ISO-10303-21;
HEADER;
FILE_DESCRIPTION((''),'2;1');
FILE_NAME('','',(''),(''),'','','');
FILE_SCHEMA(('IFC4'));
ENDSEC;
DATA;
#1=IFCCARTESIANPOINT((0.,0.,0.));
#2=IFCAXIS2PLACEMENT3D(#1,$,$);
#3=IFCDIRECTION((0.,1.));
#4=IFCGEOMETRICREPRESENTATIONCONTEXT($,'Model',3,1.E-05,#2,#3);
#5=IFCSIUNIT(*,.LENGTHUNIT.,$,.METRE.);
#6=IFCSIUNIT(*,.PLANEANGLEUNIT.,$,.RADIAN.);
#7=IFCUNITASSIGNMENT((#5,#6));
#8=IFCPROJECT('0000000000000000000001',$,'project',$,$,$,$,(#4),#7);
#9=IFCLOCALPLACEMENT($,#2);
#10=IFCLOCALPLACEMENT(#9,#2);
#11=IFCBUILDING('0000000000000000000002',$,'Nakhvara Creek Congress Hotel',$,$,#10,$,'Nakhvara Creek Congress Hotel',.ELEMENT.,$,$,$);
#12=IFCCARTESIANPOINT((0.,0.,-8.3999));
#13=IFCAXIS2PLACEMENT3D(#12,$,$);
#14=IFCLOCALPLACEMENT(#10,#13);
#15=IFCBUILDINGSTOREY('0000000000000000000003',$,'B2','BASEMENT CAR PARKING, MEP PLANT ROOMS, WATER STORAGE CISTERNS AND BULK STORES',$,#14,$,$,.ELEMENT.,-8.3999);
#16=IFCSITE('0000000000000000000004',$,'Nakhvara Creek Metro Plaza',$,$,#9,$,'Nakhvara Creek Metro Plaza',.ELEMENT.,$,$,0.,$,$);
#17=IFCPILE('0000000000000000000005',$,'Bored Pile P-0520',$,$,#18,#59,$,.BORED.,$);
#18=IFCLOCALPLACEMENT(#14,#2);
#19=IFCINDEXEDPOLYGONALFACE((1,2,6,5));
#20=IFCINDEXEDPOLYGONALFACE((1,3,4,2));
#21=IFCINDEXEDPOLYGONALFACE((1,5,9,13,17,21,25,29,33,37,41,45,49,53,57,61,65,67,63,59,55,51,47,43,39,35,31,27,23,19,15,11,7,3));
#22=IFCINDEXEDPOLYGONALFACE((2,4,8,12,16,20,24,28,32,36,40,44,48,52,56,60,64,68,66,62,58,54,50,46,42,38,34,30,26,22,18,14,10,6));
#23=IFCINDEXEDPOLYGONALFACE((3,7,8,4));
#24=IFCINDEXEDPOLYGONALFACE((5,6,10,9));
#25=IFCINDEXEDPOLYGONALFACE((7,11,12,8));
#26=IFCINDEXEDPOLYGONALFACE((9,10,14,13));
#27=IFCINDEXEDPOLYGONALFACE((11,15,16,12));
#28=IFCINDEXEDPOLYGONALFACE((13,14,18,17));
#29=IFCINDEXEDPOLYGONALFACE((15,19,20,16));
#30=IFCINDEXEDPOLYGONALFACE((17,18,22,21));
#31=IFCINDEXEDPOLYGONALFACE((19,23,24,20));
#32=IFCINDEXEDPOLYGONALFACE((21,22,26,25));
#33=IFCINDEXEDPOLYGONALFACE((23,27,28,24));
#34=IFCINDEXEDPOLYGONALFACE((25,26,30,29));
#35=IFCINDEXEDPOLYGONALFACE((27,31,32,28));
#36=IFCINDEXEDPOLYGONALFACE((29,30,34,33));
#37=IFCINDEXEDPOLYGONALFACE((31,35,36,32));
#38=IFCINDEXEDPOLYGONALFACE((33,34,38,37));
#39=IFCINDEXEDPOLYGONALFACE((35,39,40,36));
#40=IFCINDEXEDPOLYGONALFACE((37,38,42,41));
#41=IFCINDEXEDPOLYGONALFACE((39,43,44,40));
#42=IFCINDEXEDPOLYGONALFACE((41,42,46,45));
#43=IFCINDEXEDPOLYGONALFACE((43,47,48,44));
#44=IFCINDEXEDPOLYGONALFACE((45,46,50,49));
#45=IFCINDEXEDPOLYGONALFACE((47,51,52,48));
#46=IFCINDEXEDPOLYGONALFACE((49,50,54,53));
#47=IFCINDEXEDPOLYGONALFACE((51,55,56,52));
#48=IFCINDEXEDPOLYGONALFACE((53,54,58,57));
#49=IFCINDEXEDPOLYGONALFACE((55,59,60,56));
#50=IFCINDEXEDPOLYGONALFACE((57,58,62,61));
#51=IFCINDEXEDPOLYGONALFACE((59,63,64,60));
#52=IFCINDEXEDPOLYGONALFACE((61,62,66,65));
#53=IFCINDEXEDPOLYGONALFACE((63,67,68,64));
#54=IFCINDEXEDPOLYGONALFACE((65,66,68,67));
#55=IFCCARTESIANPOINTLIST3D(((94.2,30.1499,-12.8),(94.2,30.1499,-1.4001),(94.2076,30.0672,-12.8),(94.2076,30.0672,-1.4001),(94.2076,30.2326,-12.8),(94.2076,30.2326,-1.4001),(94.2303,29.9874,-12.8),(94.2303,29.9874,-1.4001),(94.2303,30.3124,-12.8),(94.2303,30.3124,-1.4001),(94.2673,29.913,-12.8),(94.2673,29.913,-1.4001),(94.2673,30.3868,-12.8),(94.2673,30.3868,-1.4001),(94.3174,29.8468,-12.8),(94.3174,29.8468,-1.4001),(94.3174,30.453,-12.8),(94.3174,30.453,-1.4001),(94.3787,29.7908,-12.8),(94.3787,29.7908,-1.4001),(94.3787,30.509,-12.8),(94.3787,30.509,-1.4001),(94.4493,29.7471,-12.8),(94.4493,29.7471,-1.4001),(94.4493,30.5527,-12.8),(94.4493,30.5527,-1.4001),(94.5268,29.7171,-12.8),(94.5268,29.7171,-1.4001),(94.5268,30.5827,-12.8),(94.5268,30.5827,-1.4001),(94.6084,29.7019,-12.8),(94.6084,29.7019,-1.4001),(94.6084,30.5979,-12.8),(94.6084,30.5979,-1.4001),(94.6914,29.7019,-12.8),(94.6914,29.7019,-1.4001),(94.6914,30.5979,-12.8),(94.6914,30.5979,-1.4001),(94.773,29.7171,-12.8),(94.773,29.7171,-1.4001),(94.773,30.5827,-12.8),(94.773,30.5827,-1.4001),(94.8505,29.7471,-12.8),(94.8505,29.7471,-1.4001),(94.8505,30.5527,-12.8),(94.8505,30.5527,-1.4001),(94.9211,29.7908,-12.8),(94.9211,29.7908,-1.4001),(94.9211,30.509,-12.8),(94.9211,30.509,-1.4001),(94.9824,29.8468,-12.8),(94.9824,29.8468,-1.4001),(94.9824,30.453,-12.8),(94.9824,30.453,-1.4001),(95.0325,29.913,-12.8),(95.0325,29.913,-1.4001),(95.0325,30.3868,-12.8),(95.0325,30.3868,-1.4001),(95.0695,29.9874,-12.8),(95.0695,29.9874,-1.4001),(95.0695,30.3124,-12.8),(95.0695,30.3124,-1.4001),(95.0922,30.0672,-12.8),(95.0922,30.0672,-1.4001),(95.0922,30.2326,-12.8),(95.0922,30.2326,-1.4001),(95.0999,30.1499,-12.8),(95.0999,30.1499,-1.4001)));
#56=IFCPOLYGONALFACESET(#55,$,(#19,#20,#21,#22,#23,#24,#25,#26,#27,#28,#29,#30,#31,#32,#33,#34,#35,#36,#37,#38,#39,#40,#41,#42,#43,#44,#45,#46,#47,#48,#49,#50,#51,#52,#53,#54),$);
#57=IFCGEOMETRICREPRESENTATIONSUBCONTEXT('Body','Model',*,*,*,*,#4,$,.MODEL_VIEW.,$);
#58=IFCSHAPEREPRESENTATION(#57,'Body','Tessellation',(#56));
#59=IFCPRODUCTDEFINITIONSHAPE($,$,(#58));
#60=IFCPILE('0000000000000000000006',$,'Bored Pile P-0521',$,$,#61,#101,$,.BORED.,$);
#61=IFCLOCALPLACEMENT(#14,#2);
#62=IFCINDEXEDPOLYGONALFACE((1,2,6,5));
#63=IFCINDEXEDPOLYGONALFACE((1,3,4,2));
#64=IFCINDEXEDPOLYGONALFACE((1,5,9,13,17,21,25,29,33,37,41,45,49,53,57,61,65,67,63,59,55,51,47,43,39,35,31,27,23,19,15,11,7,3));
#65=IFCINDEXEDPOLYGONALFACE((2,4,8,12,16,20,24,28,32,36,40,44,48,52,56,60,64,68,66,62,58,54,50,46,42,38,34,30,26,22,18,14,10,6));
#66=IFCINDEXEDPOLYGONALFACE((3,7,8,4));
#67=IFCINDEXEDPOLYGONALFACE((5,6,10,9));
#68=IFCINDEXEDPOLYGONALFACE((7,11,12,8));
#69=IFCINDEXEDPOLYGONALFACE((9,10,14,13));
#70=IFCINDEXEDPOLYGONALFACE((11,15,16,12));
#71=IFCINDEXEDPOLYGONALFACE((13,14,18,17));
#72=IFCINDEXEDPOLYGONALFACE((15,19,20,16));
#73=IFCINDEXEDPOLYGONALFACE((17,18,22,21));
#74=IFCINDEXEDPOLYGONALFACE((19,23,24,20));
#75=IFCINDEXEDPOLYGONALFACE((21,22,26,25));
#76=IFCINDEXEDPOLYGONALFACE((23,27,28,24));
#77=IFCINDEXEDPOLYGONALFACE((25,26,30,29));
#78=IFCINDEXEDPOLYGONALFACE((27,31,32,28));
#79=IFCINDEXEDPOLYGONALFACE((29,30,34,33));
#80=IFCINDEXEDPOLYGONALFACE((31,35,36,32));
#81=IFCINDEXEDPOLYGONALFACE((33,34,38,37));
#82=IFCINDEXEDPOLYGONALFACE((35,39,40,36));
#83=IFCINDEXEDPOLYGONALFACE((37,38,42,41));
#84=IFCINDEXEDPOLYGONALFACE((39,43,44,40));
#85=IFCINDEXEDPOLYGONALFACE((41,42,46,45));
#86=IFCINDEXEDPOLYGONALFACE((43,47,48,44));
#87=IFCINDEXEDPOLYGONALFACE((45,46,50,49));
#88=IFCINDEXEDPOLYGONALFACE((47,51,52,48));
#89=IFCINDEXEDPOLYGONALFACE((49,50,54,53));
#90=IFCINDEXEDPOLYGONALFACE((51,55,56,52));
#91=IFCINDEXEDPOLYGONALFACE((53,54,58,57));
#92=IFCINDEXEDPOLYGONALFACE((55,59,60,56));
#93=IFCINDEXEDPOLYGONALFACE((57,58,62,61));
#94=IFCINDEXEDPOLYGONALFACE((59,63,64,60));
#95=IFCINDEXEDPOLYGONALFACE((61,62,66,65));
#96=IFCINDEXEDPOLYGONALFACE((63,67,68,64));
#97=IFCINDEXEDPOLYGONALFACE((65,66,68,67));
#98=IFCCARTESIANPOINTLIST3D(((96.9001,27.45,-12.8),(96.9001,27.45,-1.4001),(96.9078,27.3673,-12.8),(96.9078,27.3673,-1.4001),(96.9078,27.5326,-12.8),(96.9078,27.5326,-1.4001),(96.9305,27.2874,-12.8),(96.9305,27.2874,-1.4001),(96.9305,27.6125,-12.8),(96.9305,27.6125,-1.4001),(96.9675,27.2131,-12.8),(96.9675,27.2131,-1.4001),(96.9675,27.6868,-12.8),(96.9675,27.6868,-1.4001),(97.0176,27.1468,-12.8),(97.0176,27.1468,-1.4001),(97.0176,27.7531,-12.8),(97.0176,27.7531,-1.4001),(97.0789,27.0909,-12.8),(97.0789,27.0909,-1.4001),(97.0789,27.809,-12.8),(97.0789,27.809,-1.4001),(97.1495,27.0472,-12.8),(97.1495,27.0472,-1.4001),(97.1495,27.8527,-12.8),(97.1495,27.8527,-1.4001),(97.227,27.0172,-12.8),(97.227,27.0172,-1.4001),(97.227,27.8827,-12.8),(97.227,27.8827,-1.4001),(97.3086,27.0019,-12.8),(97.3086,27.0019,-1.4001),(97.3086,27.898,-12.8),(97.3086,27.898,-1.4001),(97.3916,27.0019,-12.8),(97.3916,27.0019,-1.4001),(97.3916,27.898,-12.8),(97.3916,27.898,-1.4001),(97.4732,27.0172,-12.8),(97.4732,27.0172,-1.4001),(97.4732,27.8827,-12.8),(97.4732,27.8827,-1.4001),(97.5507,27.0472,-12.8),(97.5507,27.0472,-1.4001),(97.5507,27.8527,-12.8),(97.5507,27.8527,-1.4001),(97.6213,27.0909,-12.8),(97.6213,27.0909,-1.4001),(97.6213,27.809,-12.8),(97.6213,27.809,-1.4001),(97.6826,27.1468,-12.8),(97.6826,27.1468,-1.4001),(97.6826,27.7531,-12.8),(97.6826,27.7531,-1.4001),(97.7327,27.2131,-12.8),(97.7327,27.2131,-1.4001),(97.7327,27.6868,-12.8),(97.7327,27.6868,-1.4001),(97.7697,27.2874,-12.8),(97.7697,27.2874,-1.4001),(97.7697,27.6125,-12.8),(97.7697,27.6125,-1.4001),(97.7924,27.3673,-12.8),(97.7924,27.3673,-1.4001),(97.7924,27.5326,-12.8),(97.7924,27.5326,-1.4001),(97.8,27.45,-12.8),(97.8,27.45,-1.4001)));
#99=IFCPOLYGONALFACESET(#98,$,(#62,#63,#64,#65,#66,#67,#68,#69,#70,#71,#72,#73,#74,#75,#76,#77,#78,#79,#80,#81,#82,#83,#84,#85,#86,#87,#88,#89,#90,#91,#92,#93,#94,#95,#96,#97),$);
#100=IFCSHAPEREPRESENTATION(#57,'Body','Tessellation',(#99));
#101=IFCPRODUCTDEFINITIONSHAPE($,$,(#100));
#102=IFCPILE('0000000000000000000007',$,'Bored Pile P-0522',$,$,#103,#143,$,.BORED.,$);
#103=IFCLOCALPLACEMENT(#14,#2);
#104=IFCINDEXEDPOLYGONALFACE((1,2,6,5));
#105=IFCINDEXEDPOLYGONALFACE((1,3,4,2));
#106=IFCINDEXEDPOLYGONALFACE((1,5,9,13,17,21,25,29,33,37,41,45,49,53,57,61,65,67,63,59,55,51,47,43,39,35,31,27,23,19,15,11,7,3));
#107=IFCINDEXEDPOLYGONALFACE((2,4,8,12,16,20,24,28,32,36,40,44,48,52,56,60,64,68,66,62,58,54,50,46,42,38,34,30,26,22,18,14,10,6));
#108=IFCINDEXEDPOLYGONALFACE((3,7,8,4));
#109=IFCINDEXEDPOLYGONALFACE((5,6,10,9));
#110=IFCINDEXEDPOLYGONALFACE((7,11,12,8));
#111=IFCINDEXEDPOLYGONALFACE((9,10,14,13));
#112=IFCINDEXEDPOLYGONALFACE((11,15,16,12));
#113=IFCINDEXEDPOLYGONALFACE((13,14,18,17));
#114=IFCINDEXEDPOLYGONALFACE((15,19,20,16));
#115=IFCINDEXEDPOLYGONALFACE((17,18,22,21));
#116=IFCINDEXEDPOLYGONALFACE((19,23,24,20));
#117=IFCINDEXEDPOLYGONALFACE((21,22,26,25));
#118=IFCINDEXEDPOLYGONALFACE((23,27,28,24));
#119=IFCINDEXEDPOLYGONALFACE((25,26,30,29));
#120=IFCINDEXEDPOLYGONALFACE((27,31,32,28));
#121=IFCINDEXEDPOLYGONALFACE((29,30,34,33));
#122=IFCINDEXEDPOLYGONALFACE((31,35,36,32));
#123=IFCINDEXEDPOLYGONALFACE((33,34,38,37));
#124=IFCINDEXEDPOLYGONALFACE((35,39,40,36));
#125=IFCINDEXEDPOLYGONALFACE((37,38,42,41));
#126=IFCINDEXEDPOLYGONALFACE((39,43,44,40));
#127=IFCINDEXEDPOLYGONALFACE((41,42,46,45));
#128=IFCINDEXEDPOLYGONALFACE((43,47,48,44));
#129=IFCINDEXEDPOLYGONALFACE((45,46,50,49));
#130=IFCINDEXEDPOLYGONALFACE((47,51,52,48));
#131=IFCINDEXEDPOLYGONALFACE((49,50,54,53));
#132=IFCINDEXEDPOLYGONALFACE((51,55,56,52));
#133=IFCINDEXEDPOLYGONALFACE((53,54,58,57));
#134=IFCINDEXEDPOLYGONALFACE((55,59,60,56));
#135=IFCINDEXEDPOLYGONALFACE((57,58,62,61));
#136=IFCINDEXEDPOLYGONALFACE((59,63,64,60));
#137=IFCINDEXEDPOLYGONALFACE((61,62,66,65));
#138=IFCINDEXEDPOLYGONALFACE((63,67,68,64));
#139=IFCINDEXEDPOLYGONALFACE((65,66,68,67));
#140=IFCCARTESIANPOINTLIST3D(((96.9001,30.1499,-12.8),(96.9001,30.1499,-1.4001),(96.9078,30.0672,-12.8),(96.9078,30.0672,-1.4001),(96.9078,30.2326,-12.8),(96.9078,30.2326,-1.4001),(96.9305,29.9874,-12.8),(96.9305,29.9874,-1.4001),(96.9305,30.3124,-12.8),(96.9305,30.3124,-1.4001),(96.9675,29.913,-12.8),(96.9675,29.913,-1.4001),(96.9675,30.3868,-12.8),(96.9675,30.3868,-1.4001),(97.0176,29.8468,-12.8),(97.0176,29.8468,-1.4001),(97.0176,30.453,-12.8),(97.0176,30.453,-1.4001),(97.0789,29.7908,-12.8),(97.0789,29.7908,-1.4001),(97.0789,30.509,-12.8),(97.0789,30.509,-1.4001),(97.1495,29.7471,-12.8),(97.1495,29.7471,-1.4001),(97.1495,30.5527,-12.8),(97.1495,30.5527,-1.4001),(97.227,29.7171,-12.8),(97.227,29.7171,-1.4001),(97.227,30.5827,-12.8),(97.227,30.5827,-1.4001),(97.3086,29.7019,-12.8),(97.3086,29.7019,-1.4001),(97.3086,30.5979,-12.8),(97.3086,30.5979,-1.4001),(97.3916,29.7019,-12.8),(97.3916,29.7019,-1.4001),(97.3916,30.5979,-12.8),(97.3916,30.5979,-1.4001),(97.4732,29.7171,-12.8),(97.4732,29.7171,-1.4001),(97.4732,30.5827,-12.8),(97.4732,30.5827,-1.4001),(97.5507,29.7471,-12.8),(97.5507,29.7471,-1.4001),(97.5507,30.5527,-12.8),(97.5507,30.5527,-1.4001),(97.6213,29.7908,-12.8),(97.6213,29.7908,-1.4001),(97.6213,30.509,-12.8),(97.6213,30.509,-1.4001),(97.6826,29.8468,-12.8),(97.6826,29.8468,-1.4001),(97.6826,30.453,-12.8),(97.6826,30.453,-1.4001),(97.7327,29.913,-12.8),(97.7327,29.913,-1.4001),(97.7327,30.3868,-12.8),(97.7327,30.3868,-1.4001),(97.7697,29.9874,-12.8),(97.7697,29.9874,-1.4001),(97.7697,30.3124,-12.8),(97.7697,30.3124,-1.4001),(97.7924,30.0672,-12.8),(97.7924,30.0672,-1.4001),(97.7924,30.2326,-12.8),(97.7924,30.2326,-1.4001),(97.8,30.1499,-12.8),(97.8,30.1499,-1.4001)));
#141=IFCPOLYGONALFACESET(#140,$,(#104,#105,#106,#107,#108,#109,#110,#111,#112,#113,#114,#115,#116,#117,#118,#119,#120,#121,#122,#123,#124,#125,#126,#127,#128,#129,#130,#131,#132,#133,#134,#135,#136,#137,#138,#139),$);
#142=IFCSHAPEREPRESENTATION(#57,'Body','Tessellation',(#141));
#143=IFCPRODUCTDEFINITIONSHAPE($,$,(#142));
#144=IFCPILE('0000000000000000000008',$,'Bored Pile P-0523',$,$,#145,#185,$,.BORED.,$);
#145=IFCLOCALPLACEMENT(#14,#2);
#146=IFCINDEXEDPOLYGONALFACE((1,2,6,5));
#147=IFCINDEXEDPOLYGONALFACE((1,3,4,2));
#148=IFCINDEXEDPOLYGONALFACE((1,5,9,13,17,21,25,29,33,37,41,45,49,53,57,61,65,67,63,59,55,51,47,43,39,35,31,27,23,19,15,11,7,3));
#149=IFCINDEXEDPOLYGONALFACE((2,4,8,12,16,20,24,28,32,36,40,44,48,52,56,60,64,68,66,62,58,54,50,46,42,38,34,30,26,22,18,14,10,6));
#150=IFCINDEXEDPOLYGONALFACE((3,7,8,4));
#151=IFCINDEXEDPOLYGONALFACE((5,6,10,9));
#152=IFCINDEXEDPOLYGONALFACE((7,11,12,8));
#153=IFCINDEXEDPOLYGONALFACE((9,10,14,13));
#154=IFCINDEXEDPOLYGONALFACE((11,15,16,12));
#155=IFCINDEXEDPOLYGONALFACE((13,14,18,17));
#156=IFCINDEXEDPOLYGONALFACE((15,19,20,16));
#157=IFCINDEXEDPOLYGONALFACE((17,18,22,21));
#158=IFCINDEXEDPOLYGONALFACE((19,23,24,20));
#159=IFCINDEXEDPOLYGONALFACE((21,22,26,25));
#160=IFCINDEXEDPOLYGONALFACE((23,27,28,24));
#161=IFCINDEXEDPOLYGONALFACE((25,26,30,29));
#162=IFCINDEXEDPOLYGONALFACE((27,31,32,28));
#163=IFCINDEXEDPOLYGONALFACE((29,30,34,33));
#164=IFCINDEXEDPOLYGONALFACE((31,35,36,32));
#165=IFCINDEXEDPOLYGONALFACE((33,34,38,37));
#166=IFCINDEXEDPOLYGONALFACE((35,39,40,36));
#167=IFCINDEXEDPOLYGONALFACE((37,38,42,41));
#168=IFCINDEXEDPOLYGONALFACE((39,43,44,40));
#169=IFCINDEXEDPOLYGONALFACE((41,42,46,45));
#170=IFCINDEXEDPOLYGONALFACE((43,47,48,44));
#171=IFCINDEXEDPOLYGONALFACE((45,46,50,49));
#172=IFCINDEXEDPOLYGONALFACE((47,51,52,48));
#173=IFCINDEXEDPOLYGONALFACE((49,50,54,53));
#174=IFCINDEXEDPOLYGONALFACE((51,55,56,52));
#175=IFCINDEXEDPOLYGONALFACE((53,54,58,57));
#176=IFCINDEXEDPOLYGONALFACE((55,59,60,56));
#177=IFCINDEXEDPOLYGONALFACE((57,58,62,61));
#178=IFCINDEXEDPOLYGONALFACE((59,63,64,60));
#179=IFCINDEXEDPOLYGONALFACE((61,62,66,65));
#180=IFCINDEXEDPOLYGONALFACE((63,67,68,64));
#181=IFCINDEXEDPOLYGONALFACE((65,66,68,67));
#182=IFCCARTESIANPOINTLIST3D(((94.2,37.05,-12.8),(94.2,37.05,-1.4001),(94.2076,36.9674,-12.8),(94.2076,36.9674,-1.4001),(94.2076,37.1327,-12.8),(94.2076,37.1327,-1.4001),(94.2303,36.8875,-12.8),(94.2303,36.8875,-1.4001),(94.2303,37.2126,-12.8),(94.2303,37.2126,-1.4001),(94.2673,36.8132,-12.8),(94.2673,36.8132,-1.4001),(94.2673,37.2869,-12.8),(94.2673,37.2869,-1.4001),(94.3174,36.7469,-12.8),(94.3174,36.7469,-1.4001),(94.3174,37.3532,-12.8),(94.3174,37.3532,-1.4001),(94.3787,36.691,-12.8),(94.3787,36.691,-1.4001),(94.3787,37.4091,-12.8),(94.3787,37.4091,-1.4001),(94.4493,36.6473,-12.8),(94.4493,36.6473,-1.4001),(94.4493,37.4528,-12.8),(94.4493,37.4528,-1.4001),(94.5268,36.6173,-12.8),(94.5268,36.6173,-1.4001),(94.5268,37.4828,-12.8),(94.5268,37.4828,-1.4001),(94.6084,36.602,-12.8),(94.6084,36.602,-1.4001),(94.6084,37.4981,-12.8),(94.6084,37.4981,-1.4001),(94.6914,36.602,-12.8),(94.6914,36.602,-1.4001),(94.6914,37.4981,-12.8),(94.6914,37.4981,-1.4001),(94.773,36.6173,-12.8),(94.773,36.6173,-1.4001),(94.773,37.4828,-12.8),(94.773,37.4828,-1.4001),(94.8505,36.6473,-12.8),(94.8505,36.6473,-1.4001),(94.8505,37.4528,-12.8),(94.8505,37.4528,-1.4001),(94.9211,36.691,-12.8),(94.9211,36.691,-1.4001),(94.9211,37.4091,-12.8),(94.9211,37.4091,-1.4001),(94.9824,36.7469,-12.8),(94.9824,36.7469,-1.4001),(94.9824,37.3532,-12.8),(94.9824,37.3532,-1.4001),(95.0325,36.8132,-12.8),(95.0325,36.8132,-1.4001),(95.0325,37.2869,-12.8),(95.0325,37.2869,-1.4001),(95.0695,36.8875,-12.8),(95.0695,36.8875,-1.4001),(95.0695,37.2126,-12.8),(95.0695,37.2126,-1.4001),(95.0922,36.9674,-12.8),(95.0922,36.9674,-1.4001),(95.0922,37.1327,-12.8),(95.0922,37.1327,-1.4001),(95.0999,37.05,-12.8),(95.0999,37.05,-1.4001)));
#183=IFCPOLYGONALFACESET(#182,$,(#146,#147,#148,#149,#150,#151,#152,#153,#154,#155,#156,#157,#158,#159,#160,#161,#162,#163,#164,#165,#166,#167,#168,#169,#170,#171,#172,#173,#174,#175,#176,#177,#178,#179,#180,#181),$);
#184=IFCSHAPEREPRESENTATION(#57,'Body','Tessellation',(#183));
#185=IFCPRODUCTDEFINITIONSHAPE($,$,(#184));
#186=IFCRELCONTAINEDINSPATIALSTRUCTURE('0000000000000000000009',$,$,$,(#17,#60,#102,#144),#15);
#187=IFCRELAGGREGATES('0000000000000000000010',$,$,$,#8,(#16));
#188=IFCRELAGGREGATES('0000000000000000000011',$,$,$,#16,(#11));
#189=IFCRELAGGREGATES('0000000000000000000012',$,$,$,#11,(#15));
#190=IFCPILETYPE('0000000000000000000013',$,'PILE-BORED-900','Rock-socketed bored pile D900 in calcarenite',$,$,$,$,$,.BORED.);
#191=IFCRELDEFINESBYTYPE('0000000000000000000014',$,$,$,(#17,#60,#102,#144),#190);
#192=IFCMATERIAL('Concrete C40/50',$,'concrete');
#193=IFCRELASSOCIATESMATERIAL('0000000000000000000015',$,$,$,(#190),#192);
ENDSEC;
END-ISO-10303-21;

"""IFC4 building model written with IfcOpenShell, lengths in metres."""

from ifc_helpers import new_model, si_unit, direction, frame, origin, origin_2d, place, context, subcontext, project, spatial, circle, extrude, material, material_profile, profile_set, type_object, element, save


model = new_model("IFC4")

# Units and contexts
model_context = context("Model", 3, precision=1e-05, world=origin(), true_north=direction((0.0, 1.0)))
body_context = subcontext(model_context, "Body", "Model", "MODEL_VIEW")
ifc_project = project(units=[si_unit("LENGTHUNIT", "METRE"), si_unit("PLANEANGLEUNIT", "RADIAN")], contexts=[model_context])

# Site, building, storey
site_placement = place(None, origin())
site = spatial("IfcSite", under=ifc_project, at=site_placement, Name="Nakhvara Creek Metro Plaza", LongName="Nakhvara Creek Metro Plaza", CompositionType="ELEMENT", RefElevation=0.0)
building_placement = place(site_placement, origin())
building = spatial("IfcBuilding", under=site, at=building_placement, Name="Nakhvara Creek Congress Hotel", LongName="Nakhvara Creek Congress Hotel", CompositionType="ELEMENT")
storey_placement = place(building_placement, frame((0.0, 0.0, -8.3999)))
storey = spatial("IfcBuildingStorey", under=building, at=storey_placement, Name="B2", Description="BASEMENT CAR PARKING, MEP PLANT ROOMS, WATER STORAGE CISTERNS AND BULK STORES", CompositionType="ELEMENT", Elevation=-8.3999)

# Shared definitions
ifc_material_1 = material(Name="Concrete C40/50", Category="concrete")

# Piles
ifc_material_profile_1 = material_profile(ifc_material_1, circle(Radius=0.45, at=origin_2d()), Name="BORED PILE D900", Category="LoadBearing")
ifc_profile_set_1 = profile_set([ifc_material_profile_1], Name="Concrete C40/50")
pile_type = type_object("IfcPileType", Name="PILE-BORED-900", Description="Rock-socketed bored pile D900 in calcarenite", PredefinedType="BORED", material=ifc_profile_set_1)
for number, where, z_axis, x_axis, name in (
    (1, (94.6499, 30.1499, -1.4001), (0.0, 0.0, -1.0), (1.0, 0.0, 0.0), "Bored Pile P-0520"),
    (2, (97.3501, 27.45, -1.4001), (0.0, 0.0, -1.0), (1.0, 0.0, 0.0), "Bored Pile P-0521"),
    (3, (97.3501, 30.1499, -1.4001), (0.0, 0.0, -1.0), (1.0, 0.0, 0.0), "Bored Pile P-0522"),
    (4, (94.6499, 37.05, -1.4001), (0.0, 0.0, -1.0), (1.0, 0.0, 0.0), "Bored Pile P-0523"),
):
    element("IfcPile", number, at=place(storey_placement, frame(where, z_axis=z_axis, x_axis=x_axis)), inside=storey, type_object=pile_type, Name=name, PredefinedType="BORED", context=body_context, shape_type="SweptSolid", body=[
        extrude(circle(Radius=0.45, at=origin_2d()), origin(), (0.0, 0.0, 1.0), 11.3999),
    ])

save(model, "model.ifc")
